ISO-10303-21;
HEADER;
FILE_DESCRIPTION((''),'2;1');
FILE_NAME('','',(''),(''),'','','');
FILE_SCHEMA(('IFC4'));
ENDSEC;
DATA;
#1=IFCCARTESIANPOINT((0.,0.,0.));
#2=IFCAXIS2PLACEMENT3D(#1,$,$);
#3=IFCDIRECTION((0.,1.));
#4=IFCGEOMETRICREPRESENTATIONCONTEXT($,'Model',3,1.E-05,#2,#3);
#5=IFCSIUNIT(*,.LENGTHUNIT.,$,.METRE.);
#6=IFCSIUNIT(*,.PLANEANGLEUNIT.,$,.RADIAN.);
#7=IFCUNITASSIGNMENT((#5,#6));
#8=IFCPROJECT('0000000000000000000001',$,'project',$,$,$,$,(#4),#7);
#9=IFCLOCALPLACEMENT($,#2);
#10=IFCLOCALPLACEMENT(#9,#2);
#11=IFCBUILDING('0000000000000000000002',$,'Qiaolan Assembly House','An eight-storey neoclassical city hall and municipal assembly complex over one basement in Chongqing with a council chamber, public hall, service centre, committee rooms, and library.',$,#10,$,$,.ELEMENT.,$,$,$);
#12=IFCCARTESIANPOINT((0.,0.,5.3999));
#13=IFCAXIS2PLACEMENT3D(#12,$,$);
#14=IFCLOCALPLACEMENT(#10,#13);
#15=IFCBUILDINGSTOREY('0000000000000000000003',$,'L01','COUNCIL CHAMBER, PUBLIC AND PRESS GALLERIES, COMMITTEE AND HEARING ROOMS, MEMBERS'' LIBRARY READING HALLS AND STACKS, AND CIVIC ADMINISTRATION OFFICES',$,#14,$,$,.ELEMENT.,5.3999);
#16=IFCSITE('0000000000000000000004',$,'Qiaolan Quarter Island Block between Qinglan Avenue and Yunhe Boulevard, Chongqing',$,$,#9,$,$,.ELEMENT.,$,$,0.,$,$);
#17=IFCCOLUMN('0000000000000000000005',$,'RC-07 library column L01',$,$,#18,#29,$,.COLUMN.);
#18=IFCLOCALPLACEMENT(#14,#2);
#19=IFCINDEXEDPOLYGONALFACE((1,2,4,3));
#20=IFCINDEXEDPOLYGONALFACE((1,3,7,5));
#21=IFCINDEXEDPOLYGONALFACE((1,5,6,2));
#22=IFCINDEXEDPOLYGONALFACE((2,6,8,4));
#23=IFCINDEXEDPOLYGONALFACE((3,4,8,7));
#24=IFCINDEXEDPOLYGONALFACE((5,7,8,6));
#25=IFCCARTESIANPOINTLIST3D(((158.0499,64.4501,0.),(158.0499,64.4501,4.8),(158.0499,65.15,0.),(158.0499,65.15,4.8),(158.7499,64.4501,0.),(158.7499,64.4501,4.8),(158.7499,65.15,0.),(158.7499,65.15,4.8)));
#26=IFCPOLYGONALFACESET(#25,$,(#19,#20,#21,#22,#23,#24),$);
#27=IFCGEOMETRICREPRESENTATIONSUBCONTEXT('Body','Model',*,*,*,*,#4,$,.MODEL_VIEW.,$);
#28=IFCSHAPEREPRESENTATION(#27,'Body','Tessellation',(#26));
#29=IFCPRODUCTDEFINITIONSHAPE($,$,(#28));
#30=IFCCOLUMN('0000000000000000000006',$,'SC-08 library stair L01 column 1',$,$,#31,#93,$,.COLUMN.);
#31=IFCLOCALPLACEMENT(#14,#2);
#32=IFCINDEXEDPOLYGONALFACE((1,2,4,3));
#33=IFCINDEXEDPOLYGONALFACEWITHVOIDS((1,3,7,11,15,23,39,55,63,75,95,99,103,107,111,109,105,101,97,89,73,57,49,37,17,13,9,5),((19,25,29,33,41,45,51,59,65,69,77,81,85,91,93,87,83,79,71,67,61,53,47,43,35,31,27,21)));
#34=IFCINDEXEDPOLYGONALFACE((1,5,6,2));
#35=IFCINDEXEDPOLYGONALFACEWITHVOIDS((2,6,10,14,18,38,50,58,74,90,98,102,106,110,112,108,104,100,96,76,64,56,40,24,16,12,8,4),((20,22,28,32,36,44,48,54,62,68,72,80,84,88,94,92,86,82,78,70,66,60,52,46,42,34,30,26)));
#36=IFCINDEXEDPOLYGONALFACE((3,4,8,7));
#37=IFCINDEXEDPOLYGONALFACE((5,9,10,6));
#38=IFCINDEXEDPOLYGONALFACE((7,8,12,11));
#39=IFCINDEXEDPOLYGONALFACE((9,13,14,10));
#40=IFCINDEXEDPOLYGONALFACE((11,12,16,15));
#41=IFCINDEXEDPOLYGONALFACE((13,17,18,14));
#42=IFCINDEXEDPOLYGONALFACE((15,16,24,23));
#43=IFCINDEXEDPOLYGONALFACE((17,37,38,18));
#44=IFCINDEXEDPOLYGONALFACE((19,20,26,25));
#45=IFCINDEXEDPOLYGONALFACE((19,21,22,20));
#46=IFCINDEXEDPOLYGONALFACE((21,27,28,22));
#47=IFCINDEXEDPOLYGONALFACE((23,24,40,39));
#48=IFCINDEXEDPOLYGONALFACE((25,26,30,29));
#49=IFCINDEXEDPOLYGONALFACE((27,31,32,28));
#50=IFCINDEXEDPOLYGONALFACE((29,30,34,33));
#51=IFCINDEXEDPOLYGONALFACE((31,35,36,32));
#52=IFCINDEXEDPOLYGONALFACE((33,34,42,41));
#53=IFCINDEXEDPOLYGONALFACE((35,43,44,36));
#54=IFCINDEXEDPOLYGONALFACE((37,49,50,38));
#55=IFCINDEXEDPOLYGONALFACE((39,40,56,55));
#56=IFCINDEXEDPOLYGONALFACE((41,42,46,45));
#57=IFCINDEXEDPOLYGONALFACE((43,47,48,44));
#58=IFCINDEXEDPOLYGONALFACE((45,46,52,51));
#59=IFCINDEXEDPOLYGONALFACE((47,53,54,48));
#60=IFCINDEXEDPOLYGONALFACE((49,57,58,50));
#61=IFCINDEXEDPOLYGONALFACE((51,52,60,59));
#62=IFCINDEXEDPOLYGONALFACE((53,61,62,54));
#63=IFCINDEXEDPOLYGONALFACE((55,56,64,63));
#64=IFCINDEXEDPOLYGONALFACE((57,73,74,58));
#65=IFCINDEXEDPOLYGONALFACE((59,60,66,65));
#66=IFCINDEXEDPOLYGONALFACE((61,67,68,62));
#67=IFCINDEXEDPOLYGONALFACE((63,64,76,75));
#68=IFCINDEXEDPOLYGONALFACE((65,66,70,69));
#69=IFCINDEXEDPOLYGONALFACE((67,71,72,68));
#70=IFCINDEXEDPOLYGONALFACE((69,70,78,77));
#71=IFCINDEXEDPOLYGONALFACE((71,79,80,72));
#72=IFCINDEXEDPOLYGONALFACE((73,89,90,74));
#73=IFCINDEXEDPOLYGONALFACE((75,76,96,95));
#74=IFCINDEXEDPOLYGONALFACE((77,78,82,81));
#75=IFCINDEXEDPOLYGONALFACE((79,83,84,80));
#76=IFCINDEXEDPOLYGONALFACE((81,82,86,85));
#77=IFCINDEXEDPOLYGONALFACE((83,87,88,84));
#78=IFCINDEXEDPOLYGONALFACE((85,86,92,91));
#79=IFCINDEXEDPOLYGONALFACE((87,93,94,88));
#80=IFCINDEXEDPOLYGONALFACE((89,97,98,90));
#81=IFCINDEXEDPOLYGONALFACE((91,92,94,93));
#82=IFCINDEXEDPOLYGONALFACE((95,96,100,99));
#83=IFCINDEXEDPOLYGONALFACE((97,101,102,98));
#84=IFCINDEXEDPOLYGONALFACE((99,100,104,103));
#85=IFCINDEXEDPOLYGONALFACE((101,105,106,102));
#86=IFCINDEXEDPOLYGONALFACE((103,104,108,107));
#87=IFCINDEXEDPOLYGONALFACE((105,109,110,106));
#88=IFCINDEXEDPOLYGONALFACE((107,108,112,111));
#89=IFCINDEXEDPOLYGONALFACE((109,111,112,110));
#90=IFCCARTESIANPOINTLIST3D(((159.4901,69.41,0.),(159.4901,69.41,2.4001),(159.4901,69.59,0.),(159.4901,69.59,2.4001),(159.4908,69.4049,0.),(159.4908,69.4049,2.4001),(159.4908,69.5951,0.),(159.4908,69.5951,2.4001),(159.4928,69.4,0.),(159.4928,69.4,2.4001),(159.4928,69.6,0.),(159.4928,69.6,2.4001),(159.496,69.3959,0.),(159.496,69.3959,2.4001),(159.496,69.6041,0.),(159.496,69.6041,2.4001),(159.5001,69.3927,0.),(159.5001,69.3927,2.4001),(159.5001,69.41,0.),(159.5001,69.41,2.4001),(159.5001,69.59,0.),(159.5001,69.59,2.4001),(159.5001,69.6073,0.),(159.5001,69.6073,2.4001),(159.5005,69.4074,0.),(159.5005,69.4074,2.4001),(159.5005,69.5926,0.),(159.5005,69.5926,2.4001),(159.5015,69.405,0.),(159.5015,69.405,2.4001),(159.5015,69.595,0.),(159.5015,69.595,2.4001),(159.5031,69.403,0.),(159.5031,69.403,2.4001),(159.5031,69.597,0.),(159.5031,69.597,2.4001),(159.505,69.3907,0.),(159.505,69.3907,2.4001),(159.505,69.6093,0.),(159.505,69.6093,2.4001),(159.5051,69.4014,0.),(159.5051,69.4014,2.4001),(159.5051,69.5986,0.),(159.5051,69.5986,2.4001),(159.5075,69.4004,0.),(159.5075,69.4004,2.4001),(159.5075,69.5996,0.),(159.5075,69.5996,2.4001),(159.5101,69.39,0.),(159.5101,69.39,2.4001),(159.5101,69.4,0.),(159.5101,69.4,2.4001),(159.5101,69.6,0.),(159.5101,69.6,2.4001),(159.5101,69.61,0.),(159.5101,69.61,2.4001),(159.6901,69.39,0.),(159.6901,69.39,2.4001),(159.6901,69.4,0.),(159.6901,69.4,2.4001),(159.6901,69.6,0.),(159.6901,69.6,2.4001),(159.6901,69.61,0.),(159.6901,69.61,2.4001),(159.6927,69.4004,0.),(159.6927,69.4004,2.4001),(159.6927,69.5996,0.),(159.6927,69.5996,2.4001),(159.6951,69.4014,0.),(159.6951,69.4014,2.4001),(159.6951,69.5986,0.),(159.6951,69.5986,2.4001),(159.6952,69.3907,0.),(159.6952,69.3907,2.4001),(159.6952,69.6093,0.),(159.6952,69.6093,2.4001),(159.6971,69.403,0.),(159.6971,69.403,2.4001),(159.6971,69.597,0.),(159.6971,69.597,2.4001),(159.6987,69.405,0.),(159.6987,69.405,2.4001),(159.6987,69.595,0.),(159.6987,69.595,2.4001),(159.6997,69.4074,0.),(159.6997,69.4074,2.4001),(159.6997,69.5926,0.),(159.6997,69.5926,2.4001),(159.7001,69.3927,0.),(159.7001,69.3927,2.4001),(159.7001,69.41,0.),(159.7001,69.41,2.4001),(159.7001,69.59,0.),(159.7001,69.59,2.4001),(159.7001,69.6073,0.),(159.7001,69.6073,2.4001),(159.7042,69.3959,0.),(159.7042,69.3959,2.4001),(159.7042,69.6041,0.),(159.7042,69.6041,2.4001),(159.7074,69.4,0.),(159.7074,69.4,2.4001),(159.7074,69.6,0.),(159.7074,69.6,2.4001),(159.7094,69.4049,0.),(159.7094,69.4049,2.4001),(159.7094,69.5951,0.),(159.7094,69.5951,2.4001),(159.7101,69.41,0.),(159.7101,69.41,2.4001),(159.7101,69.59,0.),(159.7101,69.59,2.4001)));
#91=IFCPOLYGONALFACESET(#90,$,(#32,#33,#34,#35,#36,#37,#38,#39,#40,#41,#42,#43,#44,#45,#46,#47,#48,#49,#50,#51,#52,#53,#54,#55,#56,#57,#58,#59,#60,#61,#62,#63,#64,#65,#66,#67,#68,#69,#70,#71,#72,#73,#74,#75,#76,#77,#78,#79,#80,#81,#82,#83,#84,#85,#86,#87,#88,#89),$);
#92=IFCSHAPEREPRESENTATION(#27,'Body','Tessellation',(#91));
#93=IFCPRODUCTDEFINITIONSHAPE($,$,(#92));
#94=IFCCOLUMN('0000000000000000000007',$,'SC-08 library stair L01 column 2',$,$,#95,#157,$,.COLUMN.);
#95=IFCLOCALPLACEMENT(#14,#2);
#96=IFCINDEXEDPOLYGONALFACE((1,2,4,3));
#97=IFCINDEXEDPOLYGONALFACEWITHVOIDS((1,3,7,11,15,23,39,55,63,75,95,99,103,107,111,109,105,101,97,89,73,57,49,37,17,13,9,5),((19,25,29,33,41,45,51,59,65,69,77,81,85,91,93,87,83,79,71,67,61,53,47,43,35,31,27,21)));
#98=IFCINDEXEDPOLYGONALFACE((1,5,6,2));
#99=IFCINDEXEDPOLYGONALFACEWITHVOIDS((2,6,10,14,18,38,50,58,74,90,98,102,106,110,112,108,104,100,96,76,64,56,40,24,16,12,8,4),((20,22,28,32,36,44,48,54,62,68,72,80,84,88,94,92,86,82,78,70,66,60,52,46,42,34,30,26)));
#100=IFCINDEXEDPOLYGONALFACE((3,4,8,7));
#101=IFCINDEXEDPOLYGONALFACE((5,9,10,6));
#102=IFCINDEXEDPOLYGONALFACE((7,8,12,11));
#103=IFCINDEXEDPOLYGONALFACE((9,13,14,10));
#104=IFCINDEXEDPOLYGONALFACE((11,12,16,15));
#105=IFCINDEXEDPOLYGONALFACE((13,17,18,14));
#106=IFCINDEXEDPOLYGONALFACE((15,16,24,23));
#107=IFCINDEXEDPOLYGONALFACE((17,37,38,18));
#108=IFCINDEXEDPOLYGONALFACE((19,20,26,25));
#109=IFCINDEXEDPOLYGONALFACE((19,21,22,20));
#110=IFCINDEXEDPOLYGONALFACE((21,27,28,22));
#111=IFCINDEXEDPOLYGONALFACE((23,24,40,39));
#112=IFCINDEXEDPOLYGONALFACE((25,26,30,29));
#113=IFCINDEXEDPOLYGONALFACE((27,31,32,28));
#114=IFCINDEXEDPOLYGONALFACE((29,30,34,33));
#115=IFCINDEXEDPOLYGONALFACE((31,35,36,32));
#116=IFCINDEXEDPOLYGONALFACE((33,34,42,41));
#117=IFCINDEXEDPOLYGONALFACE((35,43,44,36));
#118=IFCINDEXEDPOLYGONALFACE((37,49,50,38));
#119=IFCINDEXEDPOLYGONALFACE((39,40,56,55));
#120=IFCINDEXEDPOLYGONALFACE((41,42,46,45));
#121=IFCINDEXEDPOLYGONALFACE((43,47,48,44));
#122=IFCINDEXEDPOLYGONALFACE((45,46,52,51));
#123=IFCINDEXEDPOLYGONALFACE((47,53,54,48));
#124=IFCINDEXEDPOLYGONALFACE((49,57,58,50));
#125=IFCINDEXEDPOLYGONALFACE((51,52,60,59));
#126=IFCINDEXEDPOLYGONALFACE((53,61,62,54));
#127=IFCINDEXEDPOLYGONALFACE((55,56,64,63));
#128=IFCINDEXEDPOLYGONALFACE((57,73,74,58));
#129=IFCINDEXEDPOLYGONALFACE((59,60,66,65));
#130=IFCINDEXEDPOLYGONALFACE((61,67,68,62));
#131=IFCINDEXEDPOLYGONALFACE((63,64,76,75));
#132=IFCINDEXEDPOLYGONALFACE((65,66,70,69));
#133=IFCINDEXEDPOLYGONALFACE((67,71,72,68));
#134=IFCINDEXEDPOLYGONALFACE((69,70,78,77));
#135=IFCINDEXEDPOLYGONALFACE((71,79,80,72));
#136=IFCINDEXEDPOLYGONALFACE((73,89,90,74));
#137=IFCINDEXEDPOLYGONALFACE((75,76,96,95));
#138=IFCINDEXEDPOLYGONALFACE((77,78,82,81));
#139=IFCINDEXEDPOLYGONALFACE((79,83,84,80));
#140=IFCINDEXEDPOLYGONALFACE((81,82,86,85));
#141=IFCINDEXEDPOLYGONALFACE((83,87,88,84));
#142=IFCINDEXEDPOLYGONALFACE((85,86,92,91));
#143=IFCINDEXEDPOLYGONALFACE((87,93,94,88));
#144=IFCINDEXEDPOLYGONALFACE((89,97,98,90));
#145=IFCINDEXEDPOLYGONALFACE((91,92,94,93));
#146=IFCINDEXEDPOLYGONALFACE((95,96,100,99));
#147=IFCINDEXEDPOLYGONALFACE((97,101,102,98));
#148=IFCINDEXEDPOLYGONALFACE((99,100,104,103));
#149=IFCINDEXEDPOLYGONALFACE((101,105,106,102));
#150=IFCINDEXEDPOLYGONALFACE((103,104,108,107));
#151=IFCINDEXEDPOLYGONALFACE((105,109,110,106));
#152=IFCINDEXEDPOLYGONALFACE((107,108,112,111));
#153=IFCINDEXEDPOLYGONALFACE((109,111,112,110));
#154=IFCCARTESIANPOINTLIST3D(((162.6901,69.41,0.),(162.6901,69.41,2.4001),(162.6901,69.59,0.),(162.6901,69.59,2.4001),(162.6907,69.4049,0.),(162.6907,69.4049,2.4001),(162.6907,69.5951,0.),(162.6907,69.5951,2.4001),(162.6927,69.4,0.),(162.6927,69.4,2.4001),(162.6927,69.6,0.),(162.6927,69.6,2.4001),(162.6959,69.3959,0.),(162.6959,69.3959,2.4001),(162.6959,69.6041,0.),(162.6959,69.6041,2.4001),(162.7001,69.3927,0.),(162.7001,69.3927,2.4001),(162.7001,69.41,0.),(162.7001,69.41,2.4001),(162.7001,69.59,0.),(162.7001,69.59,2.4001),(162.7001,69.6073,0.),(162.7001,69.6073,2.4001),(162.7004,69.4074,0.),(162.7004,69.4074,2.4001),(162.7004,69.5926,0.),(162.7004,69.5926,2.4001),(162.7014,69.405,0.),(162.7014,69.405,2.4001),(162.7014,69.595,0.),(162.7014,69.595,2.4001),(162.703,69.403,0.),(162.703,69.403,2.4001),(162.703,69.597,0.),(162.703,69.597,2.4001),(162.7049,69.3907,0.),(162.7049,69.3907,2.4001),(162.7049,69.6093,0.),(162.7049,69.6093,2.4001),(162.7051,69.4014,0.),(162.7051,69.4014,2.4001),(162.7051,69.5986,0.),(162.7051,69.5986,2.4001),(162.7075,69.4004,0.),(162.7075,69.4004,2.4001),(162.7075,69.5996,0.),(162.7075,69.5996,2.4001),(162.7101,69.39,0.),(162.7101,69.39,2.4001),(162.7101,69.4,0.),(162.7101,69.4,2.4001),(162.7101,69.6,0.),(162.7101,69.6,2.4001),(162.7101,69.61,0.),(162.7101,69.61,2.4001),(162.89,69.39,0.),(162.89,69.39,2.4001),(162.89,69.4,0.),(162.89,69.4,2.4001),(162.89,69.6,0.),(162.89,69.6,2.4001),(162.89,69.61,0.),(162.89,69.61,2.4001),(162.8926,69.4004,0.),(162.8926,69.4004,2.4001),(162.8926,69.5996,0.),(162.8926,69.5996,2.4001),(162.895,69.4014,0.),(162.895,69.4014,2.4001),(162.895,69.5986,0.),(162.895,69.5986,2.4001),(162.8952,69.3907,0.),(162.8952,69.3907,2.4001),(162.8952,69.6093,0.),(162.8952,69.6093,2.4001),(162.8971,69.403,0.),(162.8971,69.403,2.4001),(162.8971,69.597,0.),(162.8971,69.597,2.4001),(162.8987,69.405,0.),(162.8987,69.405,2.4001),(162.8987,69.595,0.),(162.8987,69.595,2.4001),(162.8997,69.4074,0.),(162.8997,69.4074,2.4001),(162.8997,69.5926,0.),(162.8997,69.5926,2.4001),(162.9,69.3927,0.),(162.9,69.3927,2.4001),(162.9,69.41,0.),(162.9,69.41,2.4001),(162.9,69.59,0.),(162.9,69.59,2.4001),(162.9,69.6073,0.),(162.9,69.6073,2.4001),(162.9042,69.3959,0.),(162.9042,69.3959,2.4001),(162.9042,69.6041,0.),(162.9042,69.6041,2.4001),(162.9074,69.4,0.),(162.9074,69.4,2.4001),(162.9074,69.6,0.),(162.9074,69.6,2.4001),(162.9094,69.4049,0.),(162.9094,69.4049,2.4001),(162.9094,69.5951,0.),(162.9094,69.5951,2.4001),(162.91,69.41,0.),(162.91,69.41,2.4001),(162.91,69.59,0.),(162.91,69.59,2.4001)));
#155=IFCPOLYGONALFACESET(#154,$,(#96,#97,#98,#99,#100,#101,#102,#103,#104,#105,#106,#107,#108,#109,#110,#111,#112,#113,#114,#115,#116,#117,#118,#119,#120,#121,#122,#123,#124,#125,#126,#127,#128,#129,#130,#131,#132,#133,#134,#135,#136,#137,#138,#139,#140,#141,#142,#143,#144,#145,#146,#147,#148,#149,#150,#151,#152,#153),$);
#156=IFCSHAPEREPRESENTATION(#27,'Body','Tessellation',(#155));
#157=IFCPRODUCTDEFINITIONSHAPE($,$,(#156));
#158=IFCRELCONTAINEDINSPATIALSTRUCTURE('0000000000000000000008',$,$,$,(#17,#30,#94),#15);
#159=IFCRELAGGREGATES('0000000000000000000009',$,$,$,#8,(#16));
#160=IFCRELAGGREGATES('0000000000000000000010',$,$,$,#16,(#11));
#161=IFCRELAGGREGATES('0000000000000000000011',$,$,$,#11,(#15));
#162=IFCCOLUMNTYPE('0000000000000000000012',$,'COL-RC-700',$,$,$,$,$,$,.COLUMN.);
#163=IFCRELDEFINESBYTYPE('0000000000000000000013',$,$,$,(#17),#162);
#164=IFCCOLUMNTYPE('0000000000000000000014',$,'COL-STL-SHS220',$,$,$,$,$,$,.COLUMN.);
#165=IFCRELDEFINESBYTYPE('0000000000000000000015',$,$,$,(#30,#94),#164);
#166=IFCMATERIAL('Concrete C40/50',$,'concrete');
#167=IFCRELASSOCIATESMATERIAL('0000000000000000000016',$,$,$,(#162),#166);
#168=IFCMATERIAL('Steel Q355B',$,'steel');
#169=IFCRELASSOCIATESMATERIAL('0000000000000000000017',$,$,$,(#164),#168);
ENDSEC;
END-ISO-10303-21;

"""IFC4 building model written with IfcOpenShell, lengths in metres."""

from ifc_helpers import new_model, si_unit, direction, frame, origin, origin_2d, place, context, subcontext, project, spatial, rectangle, hollow_rectangle, extrude, material, material_profile, profile_set, type_object, element, save


model = new_model("IFC4")

# Units and contexts
model_context = context("Model", 3, precision=1e-05, world=origin(), true_north=direction((0.0, 1.0)))
body_context = subcontext(model_context, "Body", "Model", "MODEL_VIEW")
ifc_project = project(units=[si_unit("LENGTHUNIT", "METRE"), si_unit("PLANEANGLEUNIT", "RADIAN")], contexts=[model_context])

# Site, building, storey
site_placement = place(None, origin())
site = spatial("IfcSite", under=ifc_project, at=site_placement, Name="Qiaolan Quarter Island Block between Qinglan Avenue and Yunhe Boulevard, Chongqing", CompositionType="ELEMENT", RefElevation=0.0)
building_placement = place(site_placement, origin())
building = spatial("IfcBuilding", under=site, at=building_placement, Name="Qiaolan Assembly House", Description="An eight-storey neoclassical city hall and municipal assembly complex over one basement in Chongqing with a council chamber, public hall, service centre, committee rooms, and library.", CompositionType="ELEMENT")
storey_placement = place(building_placement, frame((0.0, 0.0, 5.3999)))
storey = spatial("IfcBuildingStorey", under=building, at=storey_placement, Name="L01", Description="COUNCIL CHAMBER, PUBLIC AND PRESS GALLERIES, COMMITTEE AND HEARING ROOMS, MEMBERS' LIBRARY READING HALLS AND STACKS, AND CIVIC ADMINISTRATION OFFICES", CompositionType="ELEMENT", Elevation=5.3999)

# Columns
ifc_material_1 = material(Name="Concrete C40/50", Category="concrete")
ifc_material_profile_1 = material_profile(ifc_material_1, rectangle(XDim=0.7, YDim=0.7, at=origin_2d()), Name="RC 700x700")
ifc_profile_set_1 = profile_set([ifc_material_profile_1], Name="Concrete C40/50")
column_type_1 = type_object("IfcColumnType", Name="COL-RC-700", PredefinedType="COLUMN", material=ifc_profile_set_1)
column_placement = place(storey_placement, frame((158.3999, 64.8, 0.0), z_axis=(0.0, 0.0, 1.0), x_axis=(1.0, 0.0, 0.0)))
element("IfcColumn", 1, at=column_placement, inside=storey, type_object=column_type_1, Name="RC-07 library column L01", PredefinedType="COLUMN", context=body_context, shape_type="SweptSolid", body=[
    extrude(rectangle(XDim=0.7, YDim=0.7, at=origin_2d()), origin(), (0.0, 0.0, 1.0), 4.8),
])
ifc_material_2 = material(Name="Steel Q355B", Category="steel")
ifc_material_profile_2 = material_profile(ifc_material_2, hollow_rectangle(XDim=0.22, YDim=0.22, WallThickness=0.01, InnerFilletRadius=0.01, OuterFilletRadius=0.02, at=origin_2d()), Name="SHS 220x220x10")
ifc_profile_set_2 = profile_set([ifc_material_profile_2], Name="Steel Q355B")
column_type_2 = type_object("IfcColumnType", Name="COL-STL-SHS220", PredefinedType="COLUMN", material=ifc_profile_set_2)
for number, where, z_axis, x_axis, name in (
    (2, (159.6001, 69.5, 0.0), (0.0, 0.0, 1.0), (1.0, 0.0, 0.0), "SC-08 library stair L01 column 1"),
    (3, (162.8, 69.5, 0.0), (0.0, 0.0, 1.0), (1.0, 0.0, 0.0), "SC-08 library stair L01 column 2"),
):
    element("IfcColumn", number, at=place(storey_placement, frame(where, z_axis=z_axis, x_axis=x_axis)), inside=storey, type_object=column_type_2, Name=name, PredefinedType="COLUMN", context=body_context, shape_type="SweptSolid", body=[
        extrude(hollow_rectangle(XDim=0.22, YDim=0.22, WallThickness=0.01, InnerFilletRadius=0.01, OuterFilletRadius=0.02, at=origin_2d()), origin(), (0.0, 0.0, 1.0), 2.4001),
    ])

save(model, "model.ifc")
